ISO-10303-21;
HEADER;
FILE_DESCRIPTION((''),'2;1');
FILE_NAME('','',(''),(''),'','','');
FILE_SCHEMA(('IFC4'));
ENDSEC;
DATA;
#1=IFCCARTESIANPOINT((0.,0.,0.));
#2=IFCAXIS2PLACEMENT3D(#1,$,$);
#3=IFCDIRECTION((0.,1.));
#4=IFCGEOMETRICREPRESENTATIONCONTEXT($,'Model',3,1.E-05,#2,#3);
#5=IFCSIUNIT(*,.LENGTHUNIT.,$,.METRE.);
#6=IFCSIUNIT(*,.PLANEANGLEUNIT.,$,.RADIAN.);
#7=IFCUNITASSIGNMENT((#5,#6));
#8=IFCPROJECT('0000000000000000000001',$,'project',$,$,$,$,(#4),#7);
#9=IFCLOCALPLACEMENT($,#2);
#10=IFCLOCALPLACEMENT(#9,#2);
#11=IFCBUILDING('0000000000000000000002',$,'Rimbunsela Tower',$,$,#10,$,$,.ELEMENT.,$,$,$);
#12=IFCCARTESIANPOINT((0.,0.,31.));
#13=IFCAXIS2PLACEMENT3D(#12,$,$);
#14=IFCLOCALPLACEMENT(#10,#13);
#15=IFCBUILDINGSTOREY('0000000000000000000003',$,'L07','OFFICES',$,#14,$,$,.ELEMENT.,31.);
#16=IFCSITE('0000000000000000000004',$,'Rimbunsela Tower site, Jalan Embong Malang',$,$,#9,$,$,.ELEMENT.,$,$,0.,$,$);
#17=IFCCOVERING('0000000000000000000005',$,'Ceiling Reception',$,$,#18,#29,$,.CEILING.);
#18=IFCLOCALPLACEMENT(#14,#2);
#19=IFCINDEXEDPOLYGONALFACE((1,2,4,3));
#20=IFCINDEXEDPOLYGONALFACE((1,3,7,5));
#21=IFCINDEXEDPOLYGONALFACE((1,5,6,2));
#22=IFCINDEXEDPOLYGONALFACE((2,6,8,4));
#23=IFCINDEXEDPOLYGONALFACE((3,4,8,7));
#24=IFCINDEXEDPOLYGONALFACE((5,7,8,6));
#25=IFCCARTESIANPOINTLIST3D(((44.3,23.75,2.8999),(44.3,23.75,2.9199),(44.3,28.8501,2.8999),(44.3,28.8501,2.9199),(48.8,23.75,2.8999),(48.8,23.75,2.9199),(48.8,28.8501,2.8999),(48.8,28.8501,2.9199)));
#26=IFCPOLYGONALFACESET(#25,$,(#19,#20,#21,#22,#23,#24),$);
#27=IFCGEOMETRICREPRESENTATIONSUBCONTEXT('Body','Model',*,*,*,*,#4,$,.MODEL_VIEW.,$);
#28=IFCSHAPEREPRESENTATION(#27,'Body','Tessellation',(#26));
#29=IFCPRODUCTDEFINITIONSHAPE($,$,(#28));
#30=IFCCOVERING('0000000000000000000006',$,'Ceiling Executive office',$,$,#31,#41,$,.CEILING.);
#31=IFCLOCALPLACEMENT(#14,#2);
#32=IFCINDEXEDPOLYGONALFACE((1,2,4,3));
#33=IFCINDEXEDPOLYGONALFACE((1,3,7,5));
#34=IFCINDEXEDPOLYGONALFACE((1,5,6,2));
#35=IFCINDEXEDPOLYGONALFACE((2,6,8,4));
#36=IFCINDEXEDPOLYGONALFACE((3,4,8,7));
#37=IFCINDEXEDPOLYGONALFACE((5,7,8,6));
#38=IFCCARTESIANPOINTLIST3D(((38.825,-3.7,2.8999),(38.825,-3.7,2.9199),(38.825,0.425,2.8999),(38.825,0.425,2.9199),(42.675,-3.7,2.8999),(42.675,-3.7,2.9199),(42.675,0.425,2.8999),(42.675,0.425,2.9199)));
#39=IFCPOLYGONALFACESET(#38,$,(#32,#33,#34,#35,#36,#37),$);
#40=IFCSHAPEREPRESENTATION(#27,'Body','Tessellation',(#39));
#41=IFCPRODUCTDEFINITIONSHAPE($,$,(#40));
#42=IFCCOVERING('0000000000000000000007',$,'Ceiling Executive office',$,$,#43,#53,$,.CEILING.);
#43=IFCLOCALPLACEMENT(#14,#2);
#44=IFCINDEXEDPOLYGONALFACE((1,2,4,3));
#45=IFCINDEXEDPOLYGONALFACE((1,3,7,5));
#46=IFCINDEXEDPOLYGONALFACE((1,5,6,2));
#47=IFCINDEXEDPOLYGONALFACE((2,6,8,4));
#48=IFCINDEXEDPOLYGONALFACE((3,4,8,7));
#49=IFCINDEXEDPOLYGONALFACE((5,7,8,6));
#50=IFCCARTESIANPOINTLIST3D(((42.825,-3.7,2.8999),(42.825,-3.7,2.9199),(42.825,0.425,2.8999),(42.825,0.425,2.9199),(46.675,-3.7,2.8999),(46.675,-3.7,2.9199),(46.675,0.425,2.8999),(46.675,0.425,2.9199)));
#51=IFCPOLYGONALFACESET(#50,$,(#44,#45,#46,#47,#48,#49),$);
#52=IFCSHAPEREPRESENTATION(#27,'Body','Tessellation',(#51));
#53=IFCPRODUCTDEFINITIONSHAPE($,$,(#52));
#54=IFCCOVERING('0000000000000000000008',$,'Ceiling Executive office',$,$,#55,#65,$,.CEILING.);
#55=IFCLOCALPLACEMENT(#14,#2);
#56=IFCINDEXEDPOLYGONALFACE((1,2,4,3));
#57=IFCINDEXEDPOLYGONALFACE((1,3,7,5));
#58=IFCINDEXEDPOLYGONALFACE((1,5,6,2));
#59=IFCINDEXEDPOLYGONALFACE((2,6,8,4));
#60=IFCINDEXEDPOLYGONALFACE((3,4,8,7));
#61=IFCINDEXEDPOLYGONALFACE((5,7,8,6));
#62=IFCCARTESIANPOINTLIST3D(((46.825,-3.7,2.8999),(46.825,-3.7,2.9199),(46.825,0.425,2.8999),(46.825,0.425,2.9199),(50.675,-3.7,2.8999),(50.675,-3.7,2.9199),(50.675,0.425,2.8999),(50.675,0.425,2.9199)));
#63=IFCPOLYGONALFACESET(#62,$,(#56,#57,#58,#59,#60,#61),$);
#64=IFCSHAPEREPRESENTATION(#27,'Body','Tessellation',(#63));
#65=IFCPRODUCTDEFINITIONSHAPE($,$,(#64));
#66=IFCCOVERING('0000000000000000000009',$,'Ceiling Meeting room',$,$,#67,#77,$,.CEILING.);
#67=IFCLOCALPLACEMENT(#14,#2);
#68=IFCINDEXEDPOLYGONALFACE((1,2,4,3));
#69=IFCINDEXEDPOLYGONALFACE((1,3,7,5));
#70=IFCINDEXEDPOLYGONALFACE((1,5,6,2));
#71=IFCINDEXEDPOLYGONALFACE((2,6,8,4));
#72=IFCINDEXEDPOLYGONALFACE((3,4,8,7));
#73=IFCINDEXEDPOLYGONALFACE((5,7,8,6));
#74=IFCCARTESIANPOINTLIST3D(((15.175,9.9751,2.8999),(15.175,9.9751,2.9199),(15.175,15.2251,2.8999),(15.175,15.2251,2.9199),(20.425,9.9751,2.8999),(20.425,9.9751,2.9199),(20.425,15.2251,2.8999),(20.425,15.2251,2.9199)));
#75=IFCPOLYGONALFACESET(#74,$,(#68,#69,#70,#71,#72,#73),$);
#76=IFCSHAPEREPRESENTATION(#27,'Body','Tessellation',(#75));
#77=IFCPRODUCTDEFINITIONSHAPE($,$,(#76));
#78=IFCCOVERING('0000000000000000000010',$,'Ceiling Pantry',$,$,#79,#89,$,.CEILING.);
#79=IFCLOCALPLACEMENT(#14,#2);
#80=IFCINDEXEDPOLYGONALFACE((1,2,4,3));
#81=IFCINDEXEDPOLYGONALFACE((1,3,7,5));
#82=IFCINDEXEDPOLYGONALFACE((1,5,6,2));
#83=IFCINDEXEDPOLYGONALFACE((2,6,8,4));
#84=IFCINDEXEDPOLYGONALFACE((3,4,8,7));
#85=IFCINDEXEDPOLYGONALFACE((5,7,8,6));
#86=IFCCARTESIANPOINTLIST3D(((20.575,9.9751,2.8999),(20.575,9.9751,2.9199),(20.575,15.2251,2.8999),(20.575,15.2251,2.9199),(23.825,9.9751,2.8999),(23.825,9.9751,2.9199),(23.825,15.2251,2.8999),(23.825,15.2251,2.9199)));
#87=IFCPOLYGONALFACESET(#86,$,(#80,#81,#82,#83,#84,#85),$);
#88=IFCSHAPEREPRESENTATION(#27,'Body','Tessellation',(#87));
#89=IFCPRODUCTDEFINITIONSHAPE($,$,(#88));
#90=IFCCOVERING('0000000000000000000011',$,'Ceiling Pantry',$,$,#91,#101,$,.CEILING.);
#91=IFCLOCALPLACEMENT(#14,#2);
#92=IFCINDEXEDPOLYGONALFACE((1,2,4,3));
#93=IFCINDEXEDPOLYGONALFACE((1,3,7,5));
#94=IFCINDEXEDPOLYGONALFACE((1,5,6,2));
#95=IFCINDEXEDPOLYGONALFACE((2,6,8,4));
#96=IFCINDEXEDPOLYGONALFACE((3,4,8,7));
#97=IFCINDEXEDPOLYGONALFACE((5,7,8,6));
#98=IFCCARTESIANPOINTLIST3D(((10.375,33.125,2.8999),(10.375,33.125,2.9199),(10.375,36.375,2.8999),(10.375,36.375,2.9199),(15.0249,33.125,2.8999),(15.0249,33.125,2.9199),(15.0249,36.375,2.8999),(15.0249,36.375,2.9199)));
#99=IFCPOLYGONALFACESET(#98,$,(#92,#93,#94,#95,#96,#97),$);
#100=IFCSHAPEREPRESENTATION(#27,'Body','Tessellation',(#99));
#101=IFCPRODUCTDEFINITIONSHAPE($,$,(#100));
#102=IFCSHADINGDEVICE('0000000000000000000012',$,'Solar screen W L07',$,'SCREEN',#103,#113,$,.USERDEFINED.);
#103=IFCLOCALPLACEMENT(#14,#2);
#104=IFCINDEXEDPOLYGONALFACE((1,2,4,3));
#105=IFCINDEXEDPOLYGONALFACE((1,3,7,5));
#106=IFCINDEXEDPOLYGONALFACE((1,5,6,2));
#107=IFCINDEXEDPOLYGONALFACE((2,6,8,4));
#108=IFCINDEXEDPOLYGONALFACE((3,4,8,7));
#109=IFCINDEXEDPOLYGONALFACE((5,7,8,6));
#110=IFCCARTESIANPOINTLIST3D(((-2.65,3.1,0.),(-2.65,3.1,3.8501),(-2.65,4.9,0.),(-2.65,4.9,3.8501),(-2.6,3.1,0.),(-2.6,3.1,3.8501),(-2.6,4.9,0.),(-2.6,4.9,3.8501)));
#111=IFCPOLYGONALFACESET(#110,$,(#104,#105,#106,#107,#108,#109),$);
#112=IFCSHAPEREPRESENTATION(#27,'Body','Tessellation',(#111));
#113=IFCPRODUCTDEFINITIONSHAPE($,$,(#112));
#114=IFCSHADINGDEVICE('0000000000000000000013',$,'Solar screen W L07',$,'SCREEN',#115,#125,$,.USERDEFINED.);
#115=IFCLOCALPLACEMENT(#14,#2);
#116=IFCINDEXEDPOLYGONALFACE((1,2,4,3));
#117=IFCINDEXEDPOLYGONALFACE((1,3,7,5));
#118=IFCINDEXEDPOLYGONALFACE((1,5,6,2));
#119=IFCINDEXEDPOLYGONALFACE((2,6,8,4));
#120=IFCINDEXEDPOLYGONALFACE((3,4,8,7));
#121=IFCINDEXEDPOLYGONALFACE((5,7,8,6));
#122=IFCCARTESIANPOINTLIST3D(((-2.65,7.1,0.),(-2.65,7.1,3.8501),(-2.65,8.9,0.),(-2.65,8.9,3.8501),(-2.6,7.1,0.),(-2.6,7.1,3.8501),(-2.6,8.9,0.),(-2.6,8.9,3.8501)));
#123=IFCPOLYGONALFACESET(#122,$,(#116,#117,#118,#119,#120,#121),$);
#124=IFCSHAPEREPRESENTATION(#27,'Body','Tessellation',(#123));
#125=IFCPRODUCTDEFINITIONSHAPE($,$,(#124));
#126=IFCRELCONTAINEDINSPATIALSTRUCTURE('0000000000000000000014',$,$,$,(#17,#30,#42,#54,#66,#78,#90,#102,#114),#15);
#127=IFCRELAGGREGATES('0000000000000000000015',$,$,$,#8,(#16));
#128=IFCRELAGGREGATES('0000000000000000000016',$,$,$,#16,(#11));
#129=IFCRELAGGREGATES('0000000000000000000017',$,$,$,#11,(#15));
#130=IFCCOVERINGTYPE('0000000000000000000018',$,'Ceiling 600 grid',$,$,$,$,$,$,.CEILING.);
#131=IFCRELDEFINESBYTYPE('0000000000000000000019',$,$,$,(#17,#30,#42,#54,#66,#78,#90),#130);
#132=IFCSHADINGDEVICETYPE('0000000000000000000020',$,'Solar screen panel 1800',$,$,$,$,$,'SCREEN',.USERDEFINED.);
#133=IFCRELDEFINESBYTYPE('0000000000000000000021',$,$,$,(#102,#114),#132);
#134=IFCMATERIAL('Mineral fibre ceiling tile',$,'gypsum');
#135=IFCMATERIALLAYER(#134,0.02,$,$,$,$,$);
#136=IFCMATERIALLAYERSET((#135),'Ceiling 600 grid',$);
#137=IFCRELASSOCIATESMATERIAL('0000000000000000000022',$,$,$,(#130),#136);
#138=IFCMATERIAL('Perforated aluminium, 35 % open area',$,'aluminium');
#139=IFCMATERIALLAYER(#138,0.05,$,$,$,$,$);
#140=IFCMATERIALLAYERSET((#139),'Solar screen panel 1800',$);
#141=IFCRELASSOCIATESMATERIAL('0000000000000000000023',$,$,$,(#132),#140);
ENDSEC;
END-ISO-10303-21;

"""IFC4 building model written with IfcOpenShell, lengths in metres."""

from ifc_helpers import new_model, si_unit, direction, frame, origin, origin_2d, place, context, subcontext, project, spatial, polyline, rectangle, outline, extrude, material, layer, layer_set, type_object, element, save


model = new_model("IFC4")

# Units and contexts
model_context = context("Model", 3, precision=1e-05, world=origin(), true_north=direction((0.0, 1.0)))
body_context = subcontext(model_context, "Body", "Model", "MODEL_VIEW")
ifc_project = project(units=[si_unit("LENGTHUNIT", "METRE"), si_unit("PLANEANGLEUNIT", "RADIAN")], contexts=[model_context])

# Site, building, storey
site_placement = place(None, origin())
site = spatial("IfcSite", under=ifc_project, at=site_placement, Name="Rimbunsela Tower site, Jalan Embong Malang", CompositionType="ELEMENT", RefElevation=0.0)
building_placement = place(site_placement, origin())
building = spatial("IfcBuilding", under=site, at=building_placement, Name="Rimbunsela Tower", CompositionType="ELEMENT")
storey_placement = place(building_placement, frame((0.0, 0.0, 31.0)))
storey = spatial("IfcBuildingStorey", under=building, at=storey_placement, Name="L07", Description="OFFICES", CompositionType="ELEMENT", Elevation=31.0)

# Coverings
ifc_material_1 = material(Name="Mineral fibre ceiling tile", Category="gypsum")
ifc_layer_1 = layer(ifc_material_1, 0.02)
ifc_layer_set_1 = layer_set([ifc_layer_1], Name="Ceiling 600 grid")
covering_type_1 = type_object("IfcCoveringType", Name="Ceiling 600 grid", PredefinedType="CEILING", material=ifc_layer_set_1)
covering_1_placement = place(storey_placement, frame((0.0, 0.0, 2.8999)))
element("IfcCovering", 1, at=covering_1_placement, inside=storey, type_object=covering_type_1, Name="Ceiling Reception", PredefinedType="CEILING", context=body_context, shape_type="SweptSolid", body=[
    extrude(outline(polyline([(48.8, 23.75), (48.8, 28.8501), (44.3, 28.8501), (44.3, 23.75), (48.8, 23.75)])), origin(), (0.0, 0.0, 1.0), 0.02),
])
covering_2_placement = place(storey_placement, frame((0.0, 0.0, 2.8999)))
element("IfcCovering", 2, at=covering_2_placement, inside=storey, type_object=covering_type_1, Name="Ceiling Executive office", PredefinedType="CEILING", context=body_context, shape_type="SweptSolid", body=[
    extrude(outline(polyline([(42.675, -3.7), (42.675, 0.425), (38.825, 0.425), (38.825, -3.7), (42.675, -3.7)])), origin(), (0.0, 0.0, 1.0), 0.02),
])
covering_3_placement = place(storey_placement, frame((0.0, 0.0, 2.8999)))
element("IfcCovering", 3, at=covering_3_placement, inside=storey, type_object=covering_type_1, Name="Ceiling Executive office", PredefinedType="CEILING", context=body_context, shape_type="SweptSolid", body=[
    extrude(outline(polyline([(46.675, -3.7), (46.675, 0.425), (42.825, 0.425), (42.825, -3.7), (46.675, -3.7)])), origin(), (0.0, 0.0, 1.0), 0.02),
])
covering_4_placement = place(storey_placement, frame((0.0, 0.0, 2.8999)))
element("IfcCovering", 4, at=covering_4_placement, inside=storey, type_object=covering_type_1, Name="Ceiling Executive office", PredefinedType="CEILING", context=body_context, shape_type="SweptSolid", body=[
    extrude(outline(polyline([(50.675, -3.7), (50.675, 0.425), (46.825, 0.425), (46.825, -3.7), (50.675, -3.7)])), origin(), (0.0, 0.0, 1.0), 0.02),
])
covering_5_placement = place(storey_placement, frame((0.0, 0.0, 2.8999)))
element("IfcCovering", 5, at=covering_5_placement, inside=storey, type_object=covering_type_1, Name="Ceiling Meeting room", PredefinedType="CEILING", context=body_context, shape_type="SweptSolid", body=[
    extrude(outline(polyline([(20.425, 9.9751), (20.425, 15.2251), (15.175, 15.2251), (15.175, 9.9751), (20.425, 9.9751)])), origin(), (0.0, 0.0, 1.0), 0.02),
])
covering_6_placement = place(storey_placement, frame((0.0, 0.0, 2.8999)))
element("IfcCovering", 6, at=covering_6_placement, inside=storey, type_object=covering_type_1, Name="Ceiling Pantry", PredefinedType="CEILING", context=body_context, shape_type="SweptSolid", body=[
    extrude(outline(polyline([(23.825, 9.9751), (23.825, 15.2251), (20.575, 15.2251), (20.575, 9.9751), (23.825, 9.9751)])), origin(), (0.0, 0.0, 1.0), 0.02),
])
covering_7_placement = place(storey_placement, frame((0.0, 0.0, 2.8999)))
element("IfcCovering", 7, at=covering_7_placement, inside=storey, type_object=covering_type_1, Name="Ceiling Pantry", PredefinedType="CEILING", context=body_context, shape_type="SweptSolid", body=[
    extrude(outline(polyline([(15.0249, 33.125), (15.0249, 36.375), (10.375, 36.375), (10.375, 33.125), (15.0249, 33.125)])), origin(), (0.0, 0.0, 1.0), 0.02),
])

# Shading devices
ifc_material_2 = material(Name="Perforated aluminium, 35 % open area", Category="aluminium")
ifc_layer_2 = layer(ifc_material_2, 0.05)
ifc_layer_set_2 = layer_set([ifc_layer_2], Name="Solar screen panel 1800")
shading_device_type = type_object("IfcShadingDeviceType", Name="Solar screen panel 1800", ElementType="SCREEN", PredefinedType="USERDEFINED", material=ifc_layer_set_2)
for number, where, z_axis, x_axis, name in (
    (8, (-2.625, 4.0, 0.0), (0.0, 0.0, 1.0), (0.0, 1.0, 0.0), "Solar screen W L07"),
    (9, (-2.625, 8.0, 0.0), (0.0, 0.0, 1.0), (0.0, 1.0, 0.0), "Solar screen W L07"),
):
    element("IfcShadingDevice", number, at=place(storey_placement, frame(where, z_axis=z_axis, x_axis=x_axis)), inside=storey, type_object=shading_device_type, Name=name, ObjectType="SCREEN", PredefinedType="USERDEFINED", context=body_context, shape_type="SweptSolid", body=[
        extrude(rectangle(XDim=1.8, YDim=0.05, at=origin_2d()), origin(), (0.0, 0.0, 1.0), 3.8501),
    ])

save(model, "model.ifc")
